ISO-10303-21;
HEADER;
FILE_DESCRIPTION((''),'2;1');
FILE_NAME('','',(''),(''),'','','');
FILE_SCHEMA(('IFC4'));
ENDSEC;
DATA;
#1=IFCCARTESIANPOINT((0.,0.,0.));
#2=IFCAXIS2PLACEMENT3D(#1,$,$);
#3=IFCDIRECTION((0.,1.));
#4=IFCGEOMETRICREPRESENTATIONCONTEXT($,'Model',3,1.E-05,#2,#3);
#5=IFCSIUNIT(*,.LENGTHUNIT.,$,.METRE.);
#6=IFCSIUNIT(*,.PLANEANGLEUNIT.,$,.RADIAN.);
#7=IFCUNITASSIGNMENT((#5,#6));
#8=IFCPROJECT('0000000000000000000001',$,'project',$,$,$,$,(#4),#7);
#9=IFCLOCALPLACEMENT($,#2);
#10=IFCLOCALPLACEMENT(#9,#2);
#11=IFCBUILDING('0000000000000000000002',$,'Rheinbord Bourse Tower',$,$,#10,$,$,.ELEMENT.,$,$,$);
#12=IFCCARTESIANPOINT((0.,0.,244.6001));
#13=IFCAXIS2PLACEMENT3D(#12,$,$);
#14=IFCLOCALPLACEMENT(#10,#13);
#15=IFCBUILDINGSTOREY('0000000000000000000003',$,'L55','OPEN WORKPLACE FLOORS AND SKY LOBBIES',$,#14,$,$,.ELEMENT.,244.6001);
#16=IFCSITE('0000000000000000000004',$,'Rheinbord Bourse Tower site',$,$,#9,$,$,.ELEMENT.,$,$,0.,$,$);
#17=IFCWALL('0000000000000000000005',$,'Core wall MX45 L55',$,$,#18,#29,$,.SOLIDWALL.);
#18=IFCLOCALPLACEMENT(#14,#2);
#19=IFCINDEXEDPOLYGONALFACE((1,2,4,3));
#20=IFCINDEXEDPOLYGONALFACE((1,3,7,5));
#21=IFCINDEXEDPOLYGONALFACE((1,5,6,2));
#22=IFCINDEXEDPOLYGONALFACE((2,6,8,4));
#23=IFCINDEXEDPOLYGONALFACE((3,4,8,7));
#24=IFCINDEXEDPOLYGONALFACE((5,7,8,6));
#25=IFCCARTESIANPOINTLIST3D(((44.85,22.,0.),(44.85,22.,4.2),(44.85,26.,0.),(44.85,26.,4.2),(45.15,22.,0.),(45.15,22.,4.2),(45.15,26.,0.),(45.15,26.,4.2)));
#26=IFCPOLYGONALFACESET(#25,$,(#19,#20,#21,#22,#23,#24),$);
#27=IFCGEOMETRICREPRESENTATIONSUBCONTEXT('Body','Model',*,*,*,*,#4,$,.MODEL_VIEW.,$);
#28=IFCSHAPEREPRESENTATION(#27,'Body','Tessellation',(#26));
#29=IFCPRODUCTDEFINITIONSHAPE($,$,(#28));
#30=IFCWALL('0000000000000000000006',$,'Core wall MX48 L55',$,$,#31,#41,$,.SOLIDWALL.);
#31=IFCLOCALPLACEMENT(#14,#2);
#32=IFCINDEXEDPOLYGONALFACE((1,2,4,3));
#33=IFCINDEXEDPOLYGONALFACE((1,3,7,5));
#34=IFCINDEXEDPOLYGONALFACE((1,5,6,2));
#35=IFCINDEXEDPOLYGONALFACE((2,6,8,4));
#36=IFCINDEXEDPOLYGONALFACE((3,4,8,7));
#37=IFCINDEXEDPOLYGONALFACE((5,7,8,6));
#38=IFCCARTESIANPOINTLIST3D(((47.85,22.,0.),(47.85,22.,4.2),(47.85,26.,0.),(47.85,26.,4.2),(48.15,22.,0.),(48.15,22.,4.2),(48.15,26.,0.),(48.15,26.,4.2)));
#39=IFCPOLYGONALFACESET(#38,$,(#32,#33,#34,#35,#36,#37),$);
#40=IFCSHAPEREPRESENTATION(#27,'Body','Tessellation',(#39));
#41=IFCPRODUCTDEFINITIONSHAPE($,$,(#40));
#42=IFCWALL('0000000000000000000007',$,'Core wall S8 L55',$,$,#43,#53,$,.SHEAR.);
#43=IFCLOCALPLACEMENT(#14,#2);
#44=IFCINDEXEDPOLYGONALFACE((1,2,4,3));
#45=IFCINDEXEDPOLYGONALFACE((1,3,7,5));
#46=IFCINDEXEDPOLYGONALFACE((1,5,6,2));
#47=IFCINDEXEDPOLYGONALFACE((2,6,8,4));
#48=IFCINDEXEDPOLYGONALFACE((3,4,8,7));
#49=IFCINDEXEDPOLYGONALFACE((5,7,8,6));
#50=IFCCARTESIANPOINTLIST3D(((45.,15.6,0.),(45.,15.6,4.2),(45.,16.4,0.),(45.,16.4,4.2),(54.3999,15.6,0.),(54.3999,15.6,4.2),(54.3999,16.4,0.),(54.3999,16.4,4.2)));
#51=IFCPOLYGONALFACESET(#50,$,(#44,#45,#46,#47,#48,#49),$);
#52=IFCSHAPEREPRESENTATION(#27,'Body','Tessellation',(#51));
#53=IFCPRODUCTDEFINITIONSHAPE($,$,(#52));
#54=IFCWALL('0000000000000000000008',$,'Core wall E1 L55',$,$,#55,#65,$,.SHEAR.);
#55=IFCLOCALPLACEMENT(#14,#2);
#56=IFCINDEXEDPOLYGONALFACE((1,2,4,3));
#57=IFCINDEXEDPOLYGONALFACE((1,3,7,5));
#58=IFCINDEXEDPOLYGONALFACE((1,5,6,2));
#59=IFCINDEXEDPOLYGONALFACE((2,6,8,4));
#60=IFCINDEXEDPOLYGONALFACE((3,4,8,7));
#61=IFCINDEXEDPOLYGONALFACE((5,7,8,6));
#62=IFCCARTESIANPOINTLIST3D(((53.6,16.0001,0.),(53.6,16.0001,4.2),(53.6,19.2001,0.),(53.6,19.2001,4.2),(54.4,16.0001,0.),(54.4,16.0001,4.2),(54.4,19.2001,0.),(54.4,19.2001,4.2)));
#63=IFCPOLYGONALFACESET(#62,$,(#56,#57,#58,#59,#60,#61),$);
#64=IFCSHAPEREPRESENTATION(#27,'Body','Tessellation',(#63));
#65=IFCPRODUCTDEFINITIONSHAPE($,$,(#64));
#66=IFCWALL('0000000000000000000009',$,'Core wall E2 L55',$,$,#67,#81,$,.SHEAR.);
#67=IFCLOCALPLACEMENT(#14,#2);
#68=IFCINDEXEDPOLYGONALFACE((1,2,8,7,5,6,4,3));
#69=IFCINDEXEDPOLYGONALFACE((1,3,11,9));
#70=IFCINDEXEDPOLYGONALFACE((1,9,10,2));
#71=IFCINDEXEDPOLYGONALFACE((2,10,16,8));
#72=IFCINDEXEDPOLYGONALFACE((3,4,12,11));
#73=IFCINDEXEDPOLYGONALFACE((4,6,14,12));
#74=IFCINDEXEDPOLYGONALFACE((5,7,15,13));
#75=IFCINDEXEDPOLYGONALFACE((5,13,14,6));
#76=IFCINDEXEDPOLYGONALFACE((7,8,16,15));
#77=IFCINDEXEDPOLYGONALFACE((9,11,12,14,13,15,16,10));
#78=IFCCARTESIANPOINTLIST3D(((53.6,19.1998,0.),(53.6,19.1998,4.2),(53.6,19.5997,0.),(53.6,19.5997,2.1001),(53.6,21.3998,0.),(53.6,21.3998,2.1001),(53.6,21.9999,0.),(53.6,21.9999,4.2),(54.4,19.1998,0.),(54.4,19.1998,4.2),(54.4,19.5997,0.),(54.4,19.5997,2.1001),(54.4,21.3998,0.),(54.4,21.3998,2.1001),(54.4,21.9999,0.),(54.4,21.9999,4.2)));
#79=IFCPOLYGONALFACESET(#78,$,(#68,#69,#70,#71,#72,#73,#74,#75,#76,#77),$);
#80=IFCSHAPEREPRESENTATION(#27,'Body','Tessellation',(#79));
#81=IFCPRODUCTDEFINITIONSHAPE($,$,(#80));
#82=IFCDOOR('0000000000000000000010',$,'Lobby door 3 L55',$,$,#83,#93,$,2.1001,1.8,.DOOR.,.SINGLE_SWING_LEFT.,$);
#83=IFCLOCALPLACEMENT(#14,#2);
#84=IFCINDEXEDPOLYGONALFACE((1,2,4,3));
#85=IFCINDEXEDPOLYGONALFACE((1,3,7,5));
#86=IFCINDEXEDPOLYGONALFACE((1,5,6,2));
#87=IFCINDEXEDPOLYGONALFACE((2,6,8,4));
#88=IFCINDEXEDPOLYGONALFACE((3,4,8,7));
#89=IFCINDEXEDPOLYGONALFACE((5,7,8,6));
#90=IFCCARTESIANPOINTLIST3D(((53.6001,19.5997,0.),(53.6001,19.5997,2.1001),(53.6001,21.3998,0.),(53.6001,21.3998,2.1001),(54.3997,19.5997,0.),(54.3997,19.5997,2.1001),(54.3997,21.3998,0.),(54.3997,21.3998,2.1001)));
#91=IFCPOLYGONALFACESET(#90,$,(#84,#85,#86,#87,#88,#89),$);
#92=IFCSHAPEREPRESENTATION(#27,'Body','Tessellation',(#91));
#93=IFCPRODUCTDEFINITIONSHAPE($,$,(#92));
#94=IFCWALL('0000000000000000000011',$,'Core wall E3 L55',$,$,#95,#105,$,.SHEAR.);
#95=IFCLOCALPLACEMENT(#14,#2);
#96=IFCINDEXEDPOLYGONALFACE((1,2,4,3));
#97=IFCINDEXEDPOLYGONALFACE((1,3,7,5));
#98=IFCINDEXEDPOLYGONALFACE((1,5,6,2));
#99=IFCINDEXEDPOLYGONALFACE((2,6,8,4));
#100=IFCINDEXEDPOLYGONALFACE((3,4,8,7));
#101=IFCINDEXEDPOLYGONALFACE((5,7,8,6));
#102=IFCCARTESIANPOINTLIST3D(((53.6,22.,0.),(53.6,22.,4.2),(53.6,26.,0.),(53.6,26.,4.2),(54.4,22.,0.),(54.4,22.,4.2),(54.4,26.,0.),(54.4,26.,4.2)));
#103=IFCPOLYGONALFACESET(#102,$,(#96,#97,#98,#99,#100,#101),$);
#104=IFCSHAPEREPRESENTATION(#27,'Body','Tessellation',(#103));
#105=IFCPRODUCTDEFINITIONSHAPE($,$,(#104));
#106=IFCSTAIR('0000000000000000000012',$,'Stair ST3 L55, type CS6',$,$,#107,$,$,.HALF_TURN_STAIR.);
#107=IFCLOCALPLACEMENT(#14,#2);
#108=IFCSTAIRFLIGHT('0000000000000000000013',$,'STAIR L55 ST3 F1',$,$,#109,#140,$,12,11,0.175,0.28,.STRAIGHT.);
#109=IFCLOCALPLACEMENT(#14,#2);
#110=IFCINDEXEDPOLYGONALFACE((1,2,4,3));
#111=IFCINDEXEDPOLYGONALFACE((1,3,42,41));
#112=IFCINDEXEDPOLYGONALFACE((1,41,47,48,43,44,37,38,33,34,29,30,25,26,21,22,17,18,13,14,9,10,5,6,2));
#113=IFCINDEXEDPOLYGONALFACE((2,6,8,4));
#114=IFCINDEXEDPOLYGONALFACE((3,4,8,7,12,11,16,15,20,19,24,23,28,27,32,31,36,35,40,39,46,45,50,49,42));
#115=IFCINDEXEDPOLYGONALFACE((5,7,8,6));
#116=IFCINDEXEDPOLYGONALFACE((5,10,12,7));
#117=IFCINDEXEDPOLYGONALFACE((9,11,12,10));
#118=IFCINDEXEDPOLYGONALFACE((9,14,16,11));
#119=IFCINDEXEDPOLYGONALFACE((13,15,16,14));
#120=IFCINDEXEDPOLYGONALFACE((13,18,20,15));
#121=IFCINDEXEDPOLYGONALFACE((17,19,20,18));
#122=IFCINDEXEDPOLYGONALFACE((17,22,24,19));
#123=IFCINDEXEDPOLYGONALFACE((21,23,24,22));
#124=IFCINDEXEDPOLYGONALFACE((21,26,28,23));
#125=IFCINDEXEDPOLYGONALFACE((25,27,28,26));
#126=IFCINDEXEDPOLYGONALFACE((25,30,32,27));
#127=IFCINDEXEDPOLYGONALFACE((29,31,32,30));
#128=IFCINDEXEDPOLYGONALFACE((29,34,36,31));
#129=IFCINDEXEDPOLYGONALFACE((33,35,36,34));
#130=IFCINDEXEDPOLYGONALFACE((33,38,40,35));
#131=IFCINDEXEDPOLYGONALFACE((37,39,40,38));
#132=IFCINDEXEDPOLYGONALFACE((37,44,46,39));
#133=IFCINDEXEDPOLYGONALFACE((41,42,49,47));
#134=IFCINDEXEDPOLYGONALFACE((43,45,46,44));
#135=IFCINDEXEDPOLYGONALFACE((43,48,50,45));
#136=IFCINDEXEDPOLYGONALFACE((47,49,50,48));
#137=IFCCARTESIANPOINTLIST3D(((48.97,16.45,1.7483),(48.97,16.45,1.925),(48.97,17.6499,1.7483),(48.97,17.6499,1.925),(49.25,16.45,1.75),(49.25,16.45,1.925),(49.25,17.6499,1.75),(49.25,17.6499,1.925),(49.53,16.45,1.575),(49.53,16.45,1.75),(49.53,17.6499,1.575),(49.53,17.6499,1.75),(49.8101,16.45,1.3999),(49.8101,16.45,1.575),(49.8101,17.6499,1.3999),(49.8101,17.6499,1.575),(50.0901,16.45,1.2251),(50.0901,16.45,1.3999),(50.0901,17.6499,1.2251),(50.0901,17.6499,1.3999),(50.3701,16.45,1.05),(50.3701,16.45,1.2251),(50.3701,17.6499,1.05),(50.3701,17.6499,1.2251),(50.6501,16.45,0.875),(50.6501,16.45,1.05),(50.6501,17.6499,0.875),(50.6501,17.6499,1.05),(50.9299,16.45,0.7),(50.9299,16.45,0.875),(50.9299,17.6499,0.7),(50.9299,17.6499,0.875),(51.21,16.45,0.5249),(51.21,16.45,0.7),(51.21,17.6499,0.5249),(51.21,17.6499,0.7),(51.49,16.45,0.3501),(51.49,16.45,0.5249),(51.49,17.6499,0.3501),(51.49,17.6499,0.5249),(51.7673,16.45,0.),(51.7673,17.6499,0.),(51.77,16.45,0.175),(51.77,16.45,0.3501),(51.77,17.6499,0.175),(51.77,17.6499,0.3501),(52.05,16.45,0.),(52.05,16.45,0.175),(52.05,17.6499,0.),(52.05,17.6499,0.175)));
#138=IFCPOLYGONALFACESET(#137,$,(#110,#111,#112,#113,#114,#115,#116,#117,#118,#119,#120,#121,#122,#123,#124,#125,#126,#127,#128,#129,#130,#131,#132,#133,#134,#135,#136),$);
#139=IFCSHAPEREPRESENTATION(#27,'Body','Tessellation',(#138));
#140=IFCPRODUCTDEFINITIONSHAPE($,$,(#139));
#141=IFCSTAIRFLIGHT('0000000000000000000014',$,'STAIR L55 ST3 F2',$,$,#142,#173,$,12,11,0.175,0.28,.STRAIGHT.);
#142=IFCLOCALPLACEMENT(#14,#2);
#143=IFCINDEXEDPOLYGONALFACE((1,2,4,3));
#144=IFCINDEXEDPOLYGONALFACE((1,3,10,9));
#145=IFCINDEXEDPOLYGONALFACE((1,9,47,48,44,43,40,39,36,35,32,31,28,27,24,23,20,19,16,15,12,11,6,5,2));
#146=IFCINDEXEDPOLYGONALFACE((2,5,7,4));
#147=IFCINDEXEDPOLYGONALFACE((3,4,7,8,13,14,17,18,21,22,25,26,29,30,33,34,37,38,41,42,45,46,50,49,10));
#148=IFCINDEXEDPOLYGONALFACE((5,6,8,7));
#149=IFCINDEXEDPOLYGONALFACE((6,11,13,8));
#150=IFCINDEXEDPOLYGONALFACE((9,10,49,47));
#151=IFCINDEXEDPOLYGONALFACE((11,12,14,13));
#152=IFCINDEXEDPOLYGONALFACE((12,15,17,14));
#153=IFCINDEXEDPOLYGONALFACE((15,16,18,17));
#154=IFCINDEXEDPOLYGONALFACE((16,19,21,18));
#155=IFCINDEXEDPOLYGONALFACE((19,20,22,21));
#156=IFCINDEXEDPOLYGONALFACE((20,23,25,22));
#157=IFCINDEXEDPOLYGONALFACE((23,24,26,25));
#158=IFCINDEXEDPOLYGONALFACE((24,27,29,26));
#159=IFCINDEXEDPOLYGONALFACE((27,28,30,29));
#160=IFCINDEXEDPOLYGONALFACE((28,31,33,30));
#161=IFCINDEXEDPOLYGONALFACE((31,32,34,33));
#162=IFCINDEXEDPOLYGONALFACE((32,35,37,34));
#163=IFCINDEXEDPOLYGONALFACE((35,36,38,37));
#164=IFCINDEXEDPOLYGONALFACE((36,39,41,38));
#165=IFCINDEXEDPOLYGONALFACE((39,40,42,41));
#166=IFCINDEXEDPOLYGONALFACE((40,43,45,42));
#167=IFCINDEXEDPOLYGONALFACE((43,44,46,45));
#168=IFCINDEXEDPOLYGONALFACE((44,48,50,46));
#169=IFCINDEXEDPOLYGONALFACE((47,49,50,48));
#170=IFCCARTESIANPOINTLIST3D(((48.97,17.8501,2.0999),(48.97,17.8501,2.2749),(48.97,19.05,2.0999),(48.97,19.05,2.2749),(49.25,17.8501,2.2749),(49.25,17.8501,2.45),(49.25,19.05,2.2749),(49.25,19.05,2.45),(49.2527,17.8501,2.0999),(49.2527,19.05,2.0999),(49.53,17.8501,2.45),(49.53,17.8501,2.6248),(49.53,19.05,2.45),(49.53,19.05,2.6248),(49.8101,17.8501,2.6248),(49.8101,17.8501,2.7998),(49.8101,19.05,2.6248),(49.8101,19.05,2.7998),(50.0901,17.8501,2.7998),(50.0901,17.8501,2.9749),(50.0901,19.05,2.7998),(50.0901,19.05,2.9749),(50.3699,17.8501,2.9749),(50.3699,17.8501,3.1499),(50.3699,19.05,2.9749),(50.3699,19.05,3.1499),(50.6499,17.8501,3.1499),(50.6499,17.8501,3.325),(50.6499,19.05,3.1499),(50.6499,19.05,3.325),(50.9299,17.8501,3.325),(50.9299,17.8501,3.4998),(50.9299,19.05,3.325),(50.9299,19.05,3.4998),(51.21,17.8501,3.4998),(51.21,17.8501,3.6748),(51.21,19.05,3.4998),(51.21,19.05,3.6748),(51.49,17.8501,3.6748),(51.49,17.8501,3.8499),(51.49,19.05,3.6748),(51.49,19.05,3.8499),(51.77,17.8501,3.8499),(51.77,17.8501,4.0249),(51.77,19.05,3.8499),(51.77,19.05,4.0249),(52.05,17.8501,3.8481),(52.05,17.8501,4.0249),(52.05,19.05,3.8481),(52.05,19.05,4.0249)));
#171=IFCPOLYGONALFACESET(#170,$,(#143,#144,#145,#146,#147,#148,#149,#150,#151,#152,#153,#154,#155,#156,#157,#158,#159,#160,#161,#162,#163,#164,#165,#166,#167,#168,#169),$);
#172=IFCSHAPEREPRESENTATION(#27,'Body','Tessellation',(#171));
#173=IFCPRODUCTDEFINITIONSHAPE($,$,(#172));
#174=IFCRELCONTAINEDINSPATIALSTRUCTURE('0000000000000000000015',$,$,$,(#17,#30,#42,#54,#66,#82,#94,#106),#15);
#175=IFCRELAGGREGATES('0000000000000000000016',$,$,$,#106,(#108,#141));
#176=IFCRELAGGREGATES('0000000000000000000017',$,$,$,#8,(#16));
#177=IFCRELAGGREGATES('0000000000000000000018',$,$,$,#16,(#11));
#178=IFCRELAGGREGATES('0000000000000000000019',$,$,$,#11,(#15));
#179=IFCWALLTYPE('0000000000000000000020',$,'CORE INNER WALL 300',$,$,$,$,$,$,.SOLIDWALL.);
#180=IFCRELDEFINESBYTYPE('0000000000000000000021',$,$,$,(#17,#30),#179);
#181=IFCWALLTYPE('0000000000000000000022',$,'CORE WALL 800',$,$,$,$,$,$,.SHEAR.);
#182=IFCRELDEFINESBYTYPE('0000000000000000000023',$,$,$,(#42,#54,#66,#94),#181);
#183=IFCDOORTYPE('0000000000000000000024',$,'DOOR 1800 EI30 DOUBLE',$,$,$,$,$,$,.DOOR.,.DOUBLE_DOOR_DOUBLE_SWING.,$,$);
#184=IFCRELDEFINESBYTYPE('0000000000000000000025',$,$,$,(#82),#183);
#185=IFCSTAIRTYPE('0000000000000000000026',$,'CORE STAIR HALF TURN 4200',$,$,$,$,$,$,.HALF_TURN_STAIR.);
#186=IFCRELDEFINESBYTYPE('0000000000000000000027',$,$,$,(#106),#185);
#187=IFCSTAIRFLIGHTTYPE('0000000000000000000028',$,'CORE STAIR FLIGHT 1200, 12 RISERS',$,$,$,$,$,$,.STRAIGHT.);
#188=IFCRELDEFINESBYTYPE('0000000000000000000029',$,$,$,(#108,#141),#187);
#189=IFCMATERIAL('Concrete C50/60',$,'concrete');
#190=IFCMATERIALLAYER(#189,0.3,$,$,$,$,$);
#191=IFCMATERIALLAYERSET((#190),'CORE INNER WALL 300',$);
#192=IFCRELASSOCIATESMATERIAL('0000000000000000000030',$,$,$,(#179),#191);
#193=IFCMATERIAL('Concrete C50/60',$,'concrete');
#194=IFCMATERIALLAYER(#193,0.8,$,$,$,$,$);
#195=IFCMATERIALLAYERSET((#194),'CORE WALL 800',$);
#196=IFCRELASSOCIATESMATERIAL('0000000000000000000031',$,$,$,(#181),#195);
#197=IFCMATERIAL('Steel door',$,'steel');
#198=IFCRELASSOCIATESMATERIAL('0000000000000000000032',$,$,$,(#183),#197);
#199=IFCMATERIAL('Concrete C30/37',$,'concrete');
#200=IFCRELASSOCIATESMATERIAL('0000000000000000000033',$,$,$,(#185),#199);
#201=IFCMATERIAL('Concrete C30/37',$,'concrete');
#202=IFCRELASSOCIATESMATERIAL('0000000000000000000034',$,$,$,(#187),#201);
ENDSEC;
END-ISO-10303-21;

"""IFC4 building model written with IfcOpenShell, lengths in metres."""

from ifc_helpers import new_model, si_unit, direction, frame, frame_2d, origin, place, context, subcontext, project, spatial, polyline, rectangle, outline, extrude, material, layer, layer_set, type_object, element, fill, aggregate, save


model = new_model("IFC4")

# Units and contexts
model_context = context("Model", 3, precision=1e-05, world=origin(), true_north=direction((0.0, 1.0)))
body_context = subcontext(model_context, "Body", "Model", "MODEL_VIEW")
ifc_project = project(units=[si_unit("LENGTHUNIT", "METRE"), si_unit("PLANEANGLEUNIT", "RADIAN")], contexts=[model_context])

# Site, building, storey
site_placement = place(None, origin())
site = spatial("IfcSite", under=ifc_project, at=site_placement, Name="Rheinbord Bourse Tower site", CompositionType="ELEMENT", RefElevation=0.0)
building_placement = place(site_placement, origin())
building = spatial("IfcBuilding", under=site, at=building_placement, Name="Rheinbord Bourse Tower", CompositionType="ELEMENT")
storey_placement = place(building_placement, frame((0.0, 0.0, 244.6001)))
storey = spatial("IfcBuildingStorey", under=building, at=storey_placement, Name="L55", Description="OPEN WORKPLACE FLOORS AND SKY LOBBIES", CompositionType="ELEMENT", Elevation=244.6001)

# Shared definitions
ifc_material_1 = material(Name="Concrete C50/60", Category="concrete")
ifc_layer_1 = layer(ifc_material_1, 0.3)
ifc_layer_set_1 = layer_set([ifc_layer_1], Name="CORE INNER WALL 300")
wall_type_1 = type_object("IfcWallType", Name="CORE INNER WALL 300", PredefinedType="SOLIDWALL", material=ifc_layer_set_1)

# Walls
for number, where, z_axis, x_axis, name in (
    (1, (45.0, 22.0, 0.0), (0.0, 0.0, 1.0), (0.0, 1.0, 0.0), "Core wall MX45 L55"),
    (2, (48.0, 22.0, 0.0), (0.0, 0.0, 1.0), (0.0, 1.0, 0.0), "Core wall MX48 L55"),
):
    element("IfcWall", number, at=place(storey_placement, frame(where, z_axis=z_axis, x_axis=x_axis)), inside=storey, type_object=wall_type_1, Name=name, PredefinedType="SOLIDWALL", context=body_context, shape_type="SweptSolid", body=[
        extrude(rectangle(XDim=4.0, YDim=0.3, at=frame_2d((2.0, 0.0))), origin(), (0.0, 0.0, 1.0), 4.2),
    ])
ifc_material_2 = material(Name="Concrete C50/60", Category="concrete")
ifc_layer_2 = layer(ifc_material_2, 0.8)
ifc_layer_set_2 = layer_set([ifc_layer_2], Name="CORE WALL 800")
wall_type_2 = type_object("IfcWallType", Name="CORE WALL 800", PredefinedType="SHEAR", material=ifc_layer_set_2)
wall_1_placement = place(storey_placement, frame((45.0, 16.0, 0.0), z_axis=(0.0, 0.0, 1.0), x_axis=(1.0, 0.0, 0.0)))
element("IfcWall", 3, at=wall_1_placement, inside=storey, type_object=wall_type_2, Name="Core wall S8 L55", PredefinedType="SHEAR", context=body_context, shape_type="SweptSolid", body=[
    extrude(rectangle(XDim=9.3999, YDim=0.8, at=frame_2d((4.7, 0.0))), origin(), (0.0, 0.0, 1.0), 4.2),
])
wall_2_placement = place(storey_placement, frame((54.0, 16.0, 0.0), z_axis=(0.0, 0.0, 1.0), x_axis=(0.0, 1.0, 0.0)))
element("IfcWall", 4, at=wall_2_placement, inside=storey, type_object=wall_type_2, Name="Core wall E1 L55", PredefinedType="SHEAR", context=body_context, shape_type="SweptSolid", body=[
    extrude(rectangle(XDim=3.2, YDim=0.8, at=frame_2d((1.6001, 0.0))), origin(), (0.0, 0.0, 1.0), 4.2),
])

# Wall, opening, door
wall_3_placement = place(storey_placement, frame((54.0, 19.2, 0.0), z_axis=(0.0, 0.0, 1.0), x_axis=(0.0, 1.0, 0.0)))
wall_3 = element("IfcWall", 5, at=wall_3_placement, inside=storey, type_object=wall_type_2, Name="Core wall E2 L55", PredefinedType="SHEAR", context=body_context, shape_type="SweptSolid", body=[
    extrude(rectangle(XDim=2.8, YDim=0.8, at=frame_2d((1.3999, 0.0))), origin(), (0.0, 0.0, 1.0), 4.2),
])
opening_1_placement = place(wall_3_placement, frame((0.3999, 0.0, 0.0)))
opening_1 = element("IfcOpeningElement", 6, at=opening_1_placement, cuts=wall_3, PredefinedType="OPENING", context=body_context, shape_type="SweptSolid", body=[
    extrude(rectangle(XDim=1.8, YDim=2.1001, at=frame_2d((0.8999, 1.05))), frame((0.0, 0.4099, 0.0), z_axis=(0.0, -1.0, 0.0), x_axis=(1.0, 0.0, 0.0)), (0.0, 0.0, 1.0), 0.8201),
])
ifc_material_3 = material(Name="Steel door", Category="steel")
door_type_1 = type_object("IfcDoorType", Name="DOOR 1800 EI30 DOUBLE", OperationType="DOUBLE_DOOR_DOUBLE_SWING", PredefinedType="DOOR", material=ifc_material_3)
door_1_placement = place(opening_1_placement, origin())
door_1 = element("IfcDoor", 7, at=door_1_placement, inside=storey, type_object=door_type_1, Name="Lobby door 3 L55", OperationType="SINGLE_SWING_LEFT", OverallHeight=2.1001, OverallWidth=1.8, PredefinedType="DOOR", context=body_context, shape_type="SweptSolid", body=[
    extrude(rectangle(XDim=1.8, YDim=2.1001, at=frame_2d((0.8999, 1.05))), frame((0.0, 0.3999, 0.0), z_axis=(0.0, -1.0, 0.0), x_axis=(1.0, 0.0, 0.0)), (0.0, 0.0, 1.0), 0.7996),
])
fill(opening_1, door_1)

# Wall
wall_4_placement = place(storey_placement, frame((54.0, 22.0, 0.0), z_axis=(0.0, 0.0, 1.0), x_axis=(0.0, 1.0, 0.0)))
element("IfcWall", 8, at=wall_4_placement, inside=storey, type_object=wall_type_2, Name="Core wall E3 L55", PredefinedType="SHEAR", context=body_context, shape_type="SweptSolid", body=[
    extrude(rectangle(XDim=4.0, YDim=0.8, at=frame_2d((2.0, 0.0))), origin(), (0.0, 0.0, 1.0), 4.2),
])

# Stair, stair flights
ifc_material_4 = material(Name="Concrete C30/37", Category="concrete")
stair_type = type_object("IfcStairType", Name="CORE STAIR HALF TURN 4200", PredefinedType="HALF_TURN_STAIR", material=ifc_material_4)
stair_placement = place(storey_placement, origin())
stair = element("IfcStair", 9, at=stair_placement, inside=storey, type_object=stair_type, Name="Stair ST3 L55, type CS6", PredefinedType="HALF_TURN_STAIR")
ifc_material_5 = material(Name="Concrete C30/37", Category="concrete")
stair_flight_type = type_object("IfcStairFlightType", Name="CORE STAIR FLIGHT 1200, 12 RISERS", PredefinedType="STRAIGHT", material=ifc_material_5)
stair_flight_1_placement = place(storey_placement, frame((52.05, 17.05, 0.0), z_axis=(0.0, 0.0, 1.0), x_axis=(-1.0, 0.0, 0.0)))
stair_flight_1 = element("IfcStairFlight", 10, at=stair_flight_1_placement, type_object=stair_flight_type, Name="STAIR L55 ST3 F1", NumberOfRisers=12, NumberOfTreads=11, PredefinedType="STRAIGHT", RiserHeight=0.175, TreadLength=0.28, context=body_context, shape_type="SweptSolid", body=[
    extrude(outline(polyline([(0.0, 0.0), (0.0, 0.175), (0.28, 0.175), (0.28, 0.3501), (0.5601, 0.3501), (0.5601, 0.5249), (0.8401, 0.5249), (0.8401, 0.7), (1.1201, 0.7), (1.1201, 0.875), (1.3999, 0.875), (1.3999, 1.05), (1.6799, 1.05), (1.6799, 1.2251), (1.96, 1.2251), (1.96, 1.3999), (2.24, 1.3999), (2.24, 1.575), (2.52, 1.575), (2.52, 1.75), (2.8, 1.75), (2.8, 1.925), (3.0801, 1.925), (3.0801, 2.1001), (3.0801, 1.7483), (0.2827, 0.0), (0.0, 0.0)])), frame((0.0, 0.6001, 0.0), z_axis=(0.0, -1.0, 0.0), x_axis=(1.0, 0.0, 0.0)), (0.0, 0.0, 1.0), 1.2),
])
stair_flight_2_placement = place(storey_placement, frame((48.97, 18.45, 2.0999), z_axis=(0.0, 0.0, 1.0), x_axis=(1.0, 0.0, 0.0)))
stair_flight_2 = element("IfcStairFlight", 11, at=stair_flight_2_placement, type_object=stair_flight_type, Name="STAIR L55 ST3 F2", NumberOfRisers=12, NumberOfTreads=11, PredefinedType="STRAIGHT", RiserHeight=0.175, TreadLength=0.28, context=body_context, shape_type="SweptSolid", body=[
    extrude(outline(polyline([(0.0, 0.0), (0.0, 0.175), (0.28, 0.175), (0.28, 0.3501), (0.5601, 0.3501), (0.5601, 0.5249), (0.8401, 0.5249), (0.8401, 0.7), (1.1201, 0.7), (1.1201, 0.875), (1.3999, 0.875), (1.3999, 1.05), (1.6799, 1.05), (1.6799, 1.2251), (1.96, 1.2251), (1.96, 1.3999), (2.24, 1.3999), (2.24, 1.575), (2.52, 1.575), (2.52, 1.75), (2.8, 1.75), (2.8, 1.925), (3.0801, 1.925), (3.0801, 2.1001), (3.0801, 1.7483), (0.2827, 0.0), (0.0, 0.0)])), frame((0.0, 0.6001, 0.0), z_axis=(0.0, -1.0, 0.0), x_axis=(1.0, 0.0, 0.0)), (0.0, 0.0, 1.0), 1.2),
])
aggregate(stair, [stair_flight_1, stair_flight_2])

save(model, "model.ifc")
